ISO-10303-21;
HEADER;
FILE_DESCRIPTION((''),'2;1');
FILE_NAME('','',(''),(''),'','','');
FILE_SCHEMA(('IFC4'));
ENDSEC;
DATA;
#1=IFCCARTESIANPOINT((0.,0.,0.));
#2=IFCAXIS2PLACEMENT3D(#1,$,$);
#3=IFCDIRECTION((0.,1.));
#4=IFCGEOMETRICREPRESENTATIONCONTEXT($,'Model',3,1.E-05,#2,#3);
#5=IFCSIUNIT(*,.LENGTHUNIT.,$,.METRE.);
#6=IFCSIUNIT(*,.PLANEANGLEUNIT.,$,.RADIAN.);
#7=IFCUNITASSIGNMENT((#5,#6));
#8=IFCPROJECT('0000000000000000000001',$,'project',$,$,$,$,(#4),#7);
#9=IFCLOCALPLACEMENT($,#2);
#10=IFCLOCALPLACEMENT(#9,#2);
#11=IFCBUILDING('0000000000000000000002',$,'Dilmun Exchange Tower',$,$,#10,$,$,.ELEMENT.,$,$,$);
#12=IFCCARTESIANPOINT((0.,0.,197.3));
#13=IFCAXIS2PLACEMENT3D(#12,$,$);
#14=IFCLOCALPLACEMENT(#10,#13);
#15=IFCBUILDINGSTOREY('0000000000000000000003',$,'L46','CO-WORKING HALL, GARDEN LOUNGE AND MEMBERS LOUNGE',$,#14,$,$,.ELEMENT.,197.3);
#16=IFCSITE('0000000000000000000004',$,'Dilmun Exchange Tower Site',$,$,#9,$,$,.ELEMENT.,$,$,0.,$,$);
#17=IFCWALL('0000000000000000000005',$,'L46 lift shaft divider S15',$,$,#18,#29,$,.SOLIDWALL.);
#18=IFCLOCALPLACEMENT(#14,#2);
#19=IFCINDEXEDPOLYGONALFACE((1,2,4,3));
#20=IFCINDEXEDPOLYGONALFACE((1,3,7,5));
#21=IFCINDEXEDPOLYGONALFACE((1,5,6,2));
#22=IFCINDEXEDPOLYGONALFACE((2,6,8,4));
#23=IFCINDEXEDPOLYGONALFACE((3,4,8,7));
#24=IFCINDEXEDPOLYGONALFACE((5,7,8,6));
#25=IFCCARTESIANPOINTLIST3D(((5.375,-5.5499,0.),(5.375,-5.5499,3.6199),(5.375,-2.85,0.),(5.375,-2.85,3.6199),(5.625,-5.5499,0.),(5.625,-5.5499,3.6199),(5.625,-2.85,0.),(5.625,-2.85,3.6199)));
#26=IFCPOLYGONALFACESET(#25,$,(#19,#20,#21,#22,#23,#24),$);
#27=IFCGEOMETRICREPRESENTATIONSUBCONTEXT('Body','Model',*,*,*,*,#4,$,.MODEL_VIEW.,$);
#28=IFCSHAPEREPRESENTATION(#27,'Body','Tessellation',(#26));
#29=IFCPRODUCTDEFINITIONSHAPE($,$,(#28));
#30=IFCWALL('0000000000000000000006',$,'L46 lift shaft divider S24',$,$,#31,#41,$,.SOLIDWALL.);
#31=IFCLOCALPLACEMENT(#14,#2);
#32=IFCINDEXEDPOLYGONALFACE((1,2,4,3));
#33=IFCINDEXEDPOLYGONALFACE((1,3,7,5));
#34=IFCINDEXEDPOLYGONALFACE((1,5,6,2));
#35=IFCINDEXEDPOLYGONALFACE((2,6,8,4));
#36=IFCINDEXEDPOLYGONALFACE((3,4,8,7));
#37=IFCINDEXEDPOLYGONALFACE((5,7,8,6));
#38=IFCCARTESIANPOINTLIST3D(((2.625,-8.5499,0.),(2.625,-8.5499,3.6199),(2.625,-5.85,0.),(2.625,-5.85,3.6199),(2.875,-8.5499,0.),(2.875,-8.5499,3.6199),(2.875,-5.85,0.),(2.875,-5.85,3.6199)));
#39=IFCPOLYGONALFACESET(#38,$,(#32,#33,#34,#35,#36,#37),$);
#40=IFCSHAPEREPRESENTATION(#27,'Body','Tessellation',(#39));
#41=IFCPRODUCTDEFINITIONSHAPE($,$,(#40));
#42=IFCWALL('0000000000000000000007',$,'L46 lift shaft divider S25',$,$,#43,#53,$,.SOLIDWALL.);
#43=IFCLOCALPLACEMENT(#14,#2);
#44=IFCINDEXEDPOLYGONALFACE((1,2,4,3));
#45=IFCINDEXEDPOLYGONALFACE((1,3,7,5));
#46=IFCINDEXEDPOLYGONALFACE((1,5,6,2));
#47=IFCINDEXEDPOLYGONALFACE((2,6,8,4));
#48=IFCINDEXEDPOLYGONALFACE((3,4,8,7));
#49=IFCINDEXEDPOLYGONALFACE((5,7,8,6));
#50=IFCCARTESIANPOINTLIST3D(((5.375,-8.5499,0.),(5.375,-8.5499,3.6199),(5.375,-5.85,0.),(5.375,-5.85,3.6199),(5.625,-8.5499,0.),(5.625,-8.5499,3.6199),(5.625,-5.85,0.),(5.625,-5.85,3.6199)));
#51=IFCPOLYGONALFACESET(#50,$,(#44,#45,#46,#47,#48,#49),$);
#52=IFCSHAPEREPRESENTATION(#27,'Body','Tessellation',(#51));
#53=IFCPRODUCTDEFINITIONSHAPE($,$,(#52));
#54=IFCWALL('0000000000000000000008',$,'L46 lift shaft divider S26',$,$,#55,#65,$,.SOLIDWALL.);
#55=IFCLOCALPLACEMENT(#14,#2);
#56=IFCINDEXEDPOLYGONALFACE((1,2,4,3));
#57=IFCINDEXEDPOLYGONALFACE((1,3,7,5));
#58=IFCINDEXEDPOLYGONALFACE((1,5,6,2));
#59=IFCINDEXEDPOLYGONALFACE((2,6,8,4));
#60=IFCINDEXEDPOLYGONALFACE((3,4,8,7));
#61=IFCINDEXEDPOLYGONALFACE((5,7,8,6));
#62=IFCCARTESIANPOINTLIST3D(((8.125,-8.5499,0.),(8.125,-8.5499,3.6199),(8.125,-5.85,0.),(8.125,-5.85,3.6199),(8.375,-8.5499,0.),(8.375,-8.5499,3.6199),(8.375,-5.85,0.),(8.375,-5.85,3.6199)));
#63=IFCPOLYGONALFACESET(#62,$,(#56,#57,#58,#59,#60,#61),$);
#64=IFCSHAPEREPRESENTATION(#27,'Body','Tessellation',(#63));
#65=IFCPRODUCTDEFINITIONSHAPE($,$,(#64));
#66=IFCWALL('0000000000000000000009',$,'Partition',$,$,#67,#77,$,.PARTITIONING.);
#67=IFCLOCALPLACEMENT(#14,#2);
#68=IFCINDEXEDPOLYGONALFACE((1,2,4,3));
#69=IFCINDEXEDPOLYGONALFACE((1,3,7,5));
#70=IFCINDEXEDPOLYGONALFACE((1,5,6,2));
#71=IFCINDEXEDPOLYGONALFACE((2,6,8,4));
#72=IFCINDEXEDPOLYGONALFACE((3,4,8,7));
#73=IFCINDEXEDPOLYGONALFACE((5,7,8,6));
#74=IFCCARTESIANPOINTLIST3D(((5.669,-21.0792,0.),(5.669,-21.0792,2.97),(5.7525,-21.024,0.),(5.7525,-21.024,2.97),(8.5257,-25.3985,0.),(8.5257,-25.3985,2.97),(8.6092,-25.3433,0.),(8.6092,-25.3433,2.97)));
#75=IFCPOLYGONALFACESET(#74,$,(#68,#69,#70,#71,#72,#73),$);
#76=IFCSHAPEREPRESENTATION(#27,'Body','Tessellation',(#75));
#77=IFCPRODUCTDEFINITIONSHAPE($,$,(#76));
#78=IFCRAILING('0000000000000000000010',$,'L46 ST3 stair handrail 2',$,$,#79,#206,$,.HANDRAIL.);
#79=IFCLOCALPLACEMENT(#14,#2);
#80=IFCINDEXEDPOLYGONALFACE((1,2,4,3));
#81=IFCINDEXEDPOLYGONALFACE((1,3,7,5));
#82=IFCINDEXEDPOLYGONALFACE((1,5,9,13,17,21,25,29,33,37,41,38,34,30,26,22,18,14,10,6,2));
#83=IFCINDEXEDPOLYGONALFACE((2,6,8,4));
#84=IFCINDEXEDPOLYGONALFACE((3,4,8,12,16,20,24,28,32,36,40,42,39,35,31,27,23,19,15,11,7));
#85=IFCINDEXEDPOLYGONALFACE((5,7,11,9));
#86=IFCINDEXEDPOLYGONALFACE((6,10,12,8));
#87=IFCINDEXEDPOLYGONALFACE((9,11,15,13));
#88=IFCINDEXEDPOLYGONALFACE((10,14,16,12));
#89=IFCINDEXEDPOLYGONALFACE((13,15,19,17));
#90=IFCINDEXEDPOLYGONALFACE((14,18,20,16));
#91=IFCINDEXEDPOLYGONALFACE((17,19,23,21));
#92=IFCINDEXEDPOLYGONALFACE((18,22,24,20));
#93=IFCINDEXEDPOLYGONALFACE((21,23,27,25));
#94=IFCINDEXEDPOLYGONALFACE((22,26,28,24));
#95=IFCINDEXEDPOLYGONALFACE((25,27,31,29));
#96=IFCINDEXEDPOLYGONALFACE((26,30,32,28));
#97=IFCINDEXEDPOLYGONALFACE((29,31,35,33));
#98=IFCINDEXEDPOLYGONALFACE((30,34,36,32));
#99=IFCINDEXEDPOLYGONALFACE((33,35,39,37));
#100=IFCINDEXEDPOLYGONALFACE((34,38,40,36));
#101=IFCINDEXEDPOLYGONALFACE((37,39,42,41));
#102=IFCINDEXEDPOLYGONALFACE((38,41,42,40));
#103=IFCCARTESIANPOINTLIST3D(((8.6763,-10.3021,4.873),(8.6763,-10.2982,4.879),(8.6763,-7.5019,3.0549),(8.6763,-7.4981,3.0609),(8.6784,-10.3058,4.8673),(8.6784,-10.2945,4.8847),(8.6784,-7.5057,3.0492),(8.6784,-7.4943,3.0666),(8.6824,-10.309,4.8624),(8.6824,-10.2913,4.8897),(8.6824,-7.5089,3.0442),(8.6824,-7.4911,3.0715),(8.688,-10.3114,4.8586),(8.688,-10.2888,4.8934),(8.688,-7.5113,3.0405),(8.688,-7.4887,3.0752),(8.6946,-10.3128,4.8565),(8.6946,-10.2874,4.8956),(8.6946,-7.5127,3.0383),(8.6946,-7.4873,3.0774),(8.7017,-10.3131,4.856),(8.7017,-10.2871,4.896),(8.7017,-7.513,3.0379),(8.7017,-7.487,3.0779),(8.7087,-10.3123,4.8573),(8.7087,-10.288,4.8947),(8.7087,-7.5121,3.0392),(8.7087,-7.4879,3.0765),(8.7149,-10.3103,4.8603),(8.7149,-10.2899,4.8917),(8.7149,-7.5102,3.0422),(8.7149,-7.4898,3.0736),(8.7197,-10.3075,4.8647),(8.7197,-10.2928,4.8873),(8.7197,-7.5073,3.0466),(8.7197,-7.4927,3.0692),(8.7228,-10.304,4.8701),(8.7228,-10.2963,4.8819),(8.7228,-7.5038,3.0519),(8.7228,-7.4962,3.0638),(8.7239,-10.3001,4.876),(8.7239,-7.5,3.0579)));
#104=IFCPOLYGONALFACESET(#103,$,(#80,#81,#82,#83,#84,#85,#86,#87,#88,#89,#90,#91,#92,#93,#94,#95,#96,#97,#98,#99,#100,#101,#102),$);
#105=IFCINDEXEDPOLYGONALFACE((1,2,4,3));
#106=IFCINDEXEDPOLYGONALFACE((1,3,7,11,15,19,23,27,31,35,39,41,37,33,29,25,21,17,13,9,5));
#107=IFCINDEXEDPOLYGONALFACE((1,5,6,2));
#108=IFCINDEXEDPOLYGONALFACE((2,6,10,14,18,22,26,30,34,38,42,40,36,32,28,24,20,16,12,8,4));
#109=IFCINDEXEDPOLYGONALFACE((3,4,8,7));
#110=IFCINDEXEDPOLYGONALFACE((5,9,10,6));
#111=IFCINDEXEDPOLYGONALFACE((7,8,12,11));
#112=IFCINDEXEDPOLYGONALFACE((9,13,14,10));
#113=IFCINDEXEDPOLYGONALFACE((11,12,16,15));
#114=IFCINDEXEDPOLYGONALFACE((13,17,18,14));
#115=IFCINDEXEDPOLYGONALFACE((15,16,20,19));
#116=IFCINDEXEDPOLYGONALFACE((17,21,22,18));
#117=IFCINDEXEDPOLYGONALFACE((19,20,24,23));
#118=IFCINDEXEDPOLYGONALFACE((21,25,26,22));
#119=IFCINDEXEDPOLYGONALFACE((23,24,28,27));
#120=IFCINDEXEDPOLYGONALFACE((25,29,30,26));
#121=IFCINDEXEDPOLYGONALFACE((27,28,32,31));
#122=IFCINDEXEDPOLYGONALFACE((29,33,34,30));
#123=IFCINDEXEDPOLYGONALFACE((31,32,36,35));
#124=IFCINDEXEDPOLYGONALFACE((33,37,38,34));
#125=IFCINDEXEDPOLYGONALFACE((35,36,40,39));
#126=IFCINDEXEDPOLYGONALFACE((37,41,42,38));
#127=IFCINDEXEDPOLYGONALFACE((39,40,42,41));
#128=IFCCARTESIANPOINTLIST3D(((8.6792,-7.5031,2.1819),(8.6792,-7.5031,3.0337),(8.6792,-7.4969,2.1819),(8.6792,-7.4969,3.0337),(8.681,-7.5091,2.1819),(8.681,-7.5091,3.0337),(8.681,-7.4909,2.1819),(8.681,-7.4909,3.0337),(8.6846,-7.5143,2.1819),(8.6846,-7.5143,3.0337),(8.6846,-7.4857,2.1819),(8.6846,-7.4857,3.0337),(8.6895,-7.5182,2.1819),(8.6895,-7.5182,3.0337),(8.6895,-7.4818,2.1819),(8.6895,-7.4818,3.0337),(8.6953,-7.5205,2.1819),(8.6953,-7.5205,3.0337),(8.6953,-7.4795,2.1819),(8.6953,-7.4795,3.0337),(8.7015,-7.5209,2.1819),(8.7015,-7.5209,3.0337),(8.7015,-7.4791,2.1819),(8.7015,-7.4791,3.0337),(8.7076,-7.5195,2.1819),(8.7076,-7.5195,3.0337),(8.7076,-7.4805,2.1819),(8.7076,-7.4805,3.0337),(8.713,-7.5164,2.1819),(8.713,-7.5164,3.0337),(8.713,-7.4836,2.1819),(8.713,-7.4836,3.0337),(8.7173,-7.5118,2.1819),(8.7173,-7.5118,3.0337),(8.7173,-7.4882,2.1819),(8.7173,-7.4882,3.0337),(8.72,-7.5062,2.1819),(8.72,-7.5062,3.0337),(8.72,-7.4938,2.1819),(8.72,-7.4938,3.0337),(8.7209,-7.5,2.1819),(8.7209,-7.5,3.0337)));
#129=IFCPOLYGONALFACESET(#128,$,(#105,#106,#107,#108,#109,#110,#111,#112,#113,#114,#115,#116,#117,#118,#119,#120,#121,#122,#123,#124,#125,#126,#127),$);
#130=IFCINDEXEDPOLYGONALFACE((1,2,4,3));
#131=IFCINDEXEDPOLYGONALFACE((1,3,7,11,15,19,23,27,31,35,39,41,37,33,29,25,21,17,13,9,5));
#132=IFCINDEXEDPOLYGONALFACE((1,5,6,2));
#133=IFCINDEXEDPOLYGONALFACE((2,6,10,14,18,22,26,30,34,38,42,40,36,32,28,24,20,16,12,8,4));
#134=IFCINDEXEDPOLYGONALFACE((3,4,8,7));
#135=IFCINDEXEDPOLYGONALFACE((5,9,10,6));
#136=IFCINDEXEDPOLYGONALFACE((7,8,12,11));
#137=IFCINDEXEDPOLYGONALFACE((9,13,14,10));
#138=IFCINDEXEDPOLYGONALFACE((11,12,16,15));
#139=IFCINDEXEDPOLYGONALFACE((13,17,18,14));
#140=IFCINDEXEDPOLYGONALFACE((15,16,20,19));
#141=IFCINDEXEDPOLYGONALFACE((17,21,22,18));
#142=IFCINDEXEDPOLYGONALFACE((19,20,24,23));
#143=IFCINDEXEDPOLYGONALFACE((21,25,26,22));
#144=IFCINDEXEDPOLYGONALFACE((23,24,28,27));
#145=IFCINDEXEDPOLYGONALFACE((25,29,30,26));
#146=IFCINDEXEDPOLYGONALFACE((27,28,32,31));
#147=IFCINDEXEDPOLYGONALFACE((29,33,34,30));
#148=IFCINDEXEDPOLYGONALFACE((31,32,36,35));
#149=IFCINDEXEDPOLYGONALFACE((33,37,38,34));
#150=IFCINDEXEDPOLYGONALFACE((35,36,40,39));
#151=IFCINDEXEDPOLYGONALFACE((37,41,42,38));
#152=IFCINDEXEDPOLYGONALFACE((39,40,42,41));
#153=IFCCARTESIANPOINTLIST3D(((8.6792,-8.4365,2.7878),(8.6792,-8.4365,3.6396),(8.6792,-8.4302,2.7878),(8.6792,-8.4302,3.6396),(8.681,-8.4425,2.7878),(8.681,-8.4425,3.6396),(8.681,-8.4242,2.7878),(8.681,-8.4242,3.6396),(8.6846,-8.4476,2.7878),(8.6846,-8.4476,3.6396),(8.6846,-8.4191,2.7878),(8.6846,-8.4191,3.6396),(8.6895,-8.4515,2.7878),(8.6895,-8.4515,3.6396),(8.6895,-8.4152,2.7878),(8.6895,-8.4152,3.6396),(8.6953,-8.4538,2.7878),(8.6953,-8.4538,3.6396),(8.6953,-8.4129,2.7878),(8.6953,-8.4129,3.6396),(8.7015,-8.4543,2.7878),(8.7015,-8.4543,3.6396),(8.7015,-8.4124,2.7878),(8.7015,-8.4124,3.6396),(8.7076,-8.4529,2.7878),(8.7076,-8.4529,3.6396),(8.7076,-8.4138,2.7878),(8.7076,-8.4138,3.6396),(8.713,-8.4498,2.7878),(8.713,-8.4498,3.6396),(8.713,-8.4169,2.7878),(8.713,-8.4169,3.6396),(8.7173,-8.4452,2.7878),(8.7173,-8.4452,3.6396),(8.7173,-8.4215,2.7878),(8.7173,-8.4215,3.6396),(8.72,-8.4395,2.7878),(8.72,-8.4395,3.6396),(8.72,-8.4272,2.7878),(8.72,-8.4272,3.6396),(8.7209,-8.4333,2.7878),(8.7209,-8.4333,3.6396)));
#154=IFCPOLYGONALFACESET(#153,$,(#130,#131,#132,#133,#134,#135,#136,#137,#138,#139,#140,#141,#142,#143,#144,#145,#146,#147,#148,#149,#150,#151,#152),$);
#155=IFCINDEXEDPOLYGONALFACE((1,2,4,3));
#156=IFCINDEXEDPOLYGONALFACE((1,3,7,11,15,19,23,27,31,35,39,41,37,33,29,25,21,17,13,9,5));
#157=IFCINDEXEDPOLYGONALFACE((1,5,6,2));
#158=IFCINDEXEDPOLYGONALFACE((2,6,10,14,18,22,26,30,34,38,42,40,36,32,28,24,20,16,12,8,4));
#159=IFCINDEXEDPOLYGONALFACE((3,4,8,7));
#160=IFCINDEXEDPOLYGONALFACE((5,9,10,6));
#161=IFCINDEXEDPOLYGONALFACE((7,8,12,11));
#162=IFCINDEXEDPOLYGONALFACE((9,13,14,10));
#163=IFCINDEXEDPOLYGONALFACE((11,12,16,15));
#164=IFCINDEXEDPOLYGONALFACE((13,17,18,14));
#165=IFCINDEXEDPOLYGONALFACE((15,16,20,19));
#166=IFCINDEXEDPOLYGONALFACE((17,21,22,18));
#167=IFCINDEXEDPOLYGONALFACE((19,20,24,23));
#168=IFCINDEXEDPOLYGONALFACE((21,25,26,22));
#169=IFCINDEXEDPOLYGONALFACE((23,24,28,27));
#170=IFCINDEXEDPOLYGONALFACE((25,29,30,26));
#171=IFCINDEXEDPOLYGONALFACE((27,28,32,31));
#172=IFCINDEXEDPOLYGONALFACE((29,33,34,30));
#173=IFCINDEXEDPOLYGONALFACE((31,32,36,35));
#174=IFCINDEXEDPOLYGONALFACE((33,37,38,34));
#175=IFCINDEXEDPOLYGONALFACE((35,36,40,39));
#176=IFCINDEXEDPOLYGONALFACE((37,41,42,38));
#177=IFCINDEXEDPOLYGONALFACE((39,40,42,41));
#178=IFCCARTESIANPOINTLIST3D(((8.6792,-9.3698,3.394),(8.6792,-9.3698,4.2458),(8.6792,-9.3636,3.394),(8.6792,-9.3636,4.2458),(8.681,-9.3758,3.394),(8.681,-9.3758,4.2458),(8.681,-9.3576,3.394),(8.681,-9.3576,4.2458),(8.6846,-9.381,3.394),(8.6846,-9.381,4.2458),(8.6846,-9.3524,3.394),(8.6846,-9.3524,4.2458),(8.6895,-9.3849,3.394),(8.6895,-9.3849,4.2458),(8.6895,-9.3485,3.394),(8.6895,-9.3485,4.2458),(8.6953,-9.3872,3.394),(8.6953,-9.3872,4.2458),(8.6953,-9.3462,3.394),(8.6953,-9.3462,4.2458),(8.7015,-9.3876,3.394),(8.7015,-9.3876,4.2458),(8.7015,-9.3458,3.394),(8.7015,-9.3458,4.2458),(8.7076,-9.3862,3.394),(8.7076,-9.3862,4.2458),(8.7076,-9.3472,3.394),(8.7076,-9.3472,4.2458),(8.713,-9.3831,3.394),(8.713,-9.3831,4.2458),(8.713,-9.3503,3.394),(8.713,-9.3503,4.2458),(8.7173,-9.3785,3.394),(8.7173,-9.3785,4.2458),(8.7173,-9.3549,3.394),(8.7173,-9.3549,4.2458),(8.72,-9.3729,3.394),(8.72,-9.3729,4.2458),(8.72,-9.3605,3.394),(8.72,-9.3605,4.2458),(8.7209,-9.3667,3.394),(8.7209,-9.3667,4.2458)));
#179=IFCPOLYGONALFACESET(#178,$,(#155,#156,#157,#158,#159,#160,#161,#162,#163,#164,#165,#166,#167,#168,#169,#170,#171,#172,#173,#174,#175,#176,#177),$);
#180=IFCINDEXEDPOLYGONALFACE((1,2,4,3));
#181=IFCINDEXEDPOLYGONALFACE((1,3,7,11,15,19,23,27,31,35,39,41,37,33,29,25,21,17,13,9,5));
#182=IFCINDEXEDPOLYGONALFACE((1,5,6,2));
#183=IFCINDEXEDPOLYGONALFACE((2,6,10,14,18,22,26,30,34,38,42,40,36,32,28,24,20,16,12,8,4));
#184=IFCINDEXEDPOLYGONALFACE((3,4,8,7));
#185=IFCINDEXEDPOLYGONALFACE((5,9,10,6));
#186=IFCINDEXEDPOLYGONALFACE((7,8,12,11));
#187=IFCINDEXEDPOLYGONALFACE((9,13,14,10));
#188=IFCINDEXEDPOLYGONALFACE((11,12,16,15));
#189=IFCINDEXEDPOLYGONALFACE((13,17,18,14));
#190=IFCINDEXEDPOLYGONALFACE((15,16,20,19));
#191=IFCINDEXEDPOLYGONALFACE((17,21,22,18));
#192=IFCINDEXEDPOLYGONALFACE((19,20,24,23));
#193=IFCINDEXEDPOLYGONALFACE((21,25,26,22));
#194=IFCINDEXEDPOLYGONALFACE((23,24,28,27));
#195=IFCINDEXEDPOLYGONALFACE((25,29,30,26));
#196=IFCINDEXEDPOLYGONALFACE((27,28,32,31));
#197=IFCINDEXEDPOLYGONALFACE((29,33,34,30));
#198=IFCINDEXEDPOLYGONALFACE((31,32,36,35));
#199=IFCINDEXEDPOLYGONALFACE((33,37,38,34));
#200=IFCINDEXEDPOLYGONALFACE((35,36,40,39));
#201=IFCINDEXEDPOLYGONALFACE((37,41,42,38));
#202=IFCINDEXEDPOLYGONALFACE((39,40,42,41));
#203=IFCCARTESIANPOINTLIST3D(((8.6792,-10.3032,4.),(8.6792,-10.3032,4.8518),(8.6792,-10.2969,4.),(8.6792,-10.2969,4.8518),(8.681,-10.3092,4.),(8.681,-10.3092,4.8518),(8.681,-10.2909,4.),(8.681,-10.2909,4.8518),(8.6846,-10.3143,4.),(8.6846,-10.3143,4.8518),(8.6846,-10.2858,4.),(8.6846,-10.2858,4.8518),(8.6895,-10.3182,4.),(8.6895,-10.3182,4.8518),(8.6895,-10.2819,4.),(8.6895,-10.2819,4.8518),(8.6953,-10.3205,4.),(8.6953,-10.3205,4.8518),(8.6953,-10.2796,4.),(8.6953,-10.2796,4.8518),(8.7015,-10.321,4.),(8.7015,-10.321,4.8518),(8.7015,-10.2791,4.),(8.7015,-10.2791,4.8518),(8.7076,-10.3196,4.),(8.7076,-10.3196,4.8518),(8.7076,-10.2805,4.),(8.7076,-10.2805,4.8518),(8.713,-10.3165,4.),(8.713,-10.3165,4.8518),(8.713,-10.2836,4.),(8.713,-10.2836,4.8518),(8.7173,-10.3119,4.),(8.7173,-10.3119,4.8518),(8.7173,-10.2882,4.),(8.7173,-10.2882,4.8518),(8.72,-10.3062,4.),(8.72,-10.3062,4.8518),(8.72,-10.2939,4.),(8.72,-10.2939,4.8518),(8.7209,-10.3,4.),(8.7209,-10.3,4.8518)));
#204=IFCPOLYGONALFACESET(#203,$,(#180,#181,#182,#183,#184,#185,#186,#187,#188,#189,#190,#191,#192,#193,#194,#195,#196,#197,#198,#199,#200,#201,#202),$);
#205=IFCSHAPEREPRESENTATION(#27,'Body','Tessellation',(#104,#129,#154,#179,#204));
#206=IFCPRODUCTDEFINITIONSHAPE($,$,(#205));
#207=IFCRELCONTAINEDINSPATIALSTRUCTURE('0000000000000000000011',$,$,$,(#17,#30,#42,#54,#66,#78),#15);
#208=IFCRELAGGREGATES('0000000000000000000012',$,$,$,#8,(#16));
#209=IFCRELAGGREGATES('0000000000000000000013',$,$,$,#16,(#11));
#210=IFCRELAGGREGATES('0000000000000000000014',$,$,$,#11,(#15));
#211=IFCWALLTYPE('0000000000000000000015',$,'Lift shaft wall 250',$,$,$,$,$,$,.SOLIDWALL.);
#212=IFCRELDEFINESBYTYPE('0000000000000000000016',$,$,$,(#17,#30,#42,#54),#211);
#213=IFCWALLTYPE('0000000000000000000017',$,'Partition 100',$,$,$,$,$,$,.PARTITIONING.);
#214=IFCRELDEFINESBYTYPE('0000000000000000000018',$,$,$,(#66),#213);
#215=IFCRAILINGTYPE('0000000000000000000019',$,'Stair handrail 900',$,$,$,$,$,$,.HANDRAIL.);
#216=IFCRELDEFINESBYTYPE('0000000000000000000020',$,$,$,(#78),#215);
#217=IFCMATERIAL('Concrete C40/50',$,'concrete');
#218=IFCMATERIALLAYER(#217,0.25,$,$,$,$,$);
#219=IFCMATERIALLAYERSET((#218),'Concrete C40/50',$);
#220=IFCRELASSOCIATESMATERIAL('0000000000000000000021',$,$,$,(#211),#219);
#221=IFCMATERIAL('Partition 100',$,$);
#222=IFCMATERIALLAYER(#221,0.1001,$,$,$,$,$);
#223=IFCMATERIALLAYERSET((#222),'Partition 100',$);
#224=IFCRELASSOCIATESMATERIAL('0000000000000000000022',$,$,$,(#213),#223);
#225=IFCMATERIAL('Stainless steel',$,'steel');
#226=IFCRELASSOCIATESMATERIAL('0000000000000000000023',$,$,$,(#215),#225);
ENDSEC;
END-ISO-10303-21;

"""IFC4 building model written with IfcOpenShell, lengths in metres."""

from ifc_helpers import new_model, si_unit, direction, frame, frame_2d, origin, origin_2d, place, context, subcontext, project, spatial, rectangle, circle, extrude, material, layer, layer_set, type_object, element, save


model = new_model("IFC4")

# Units and contexts
model_context = context("Model", 3, precision=1e-05, world=origin(), true_north=direction((0.0, 1.0)))
body_context = subcontext(model_context, "Body", "Model", "MODEL_VIEW")
ifc_project = project(units=[si_unit("LENGTHUNIT", "METRE"), si_unit("PLANEANGLEUNIT", "RADIAN")], contexts=[model_context])

# Site, building, storey
site_placement = place(None, origin())
site = spatial("IfcSite", under=ifc_project, at=site_placement, Name="Dilmun Exchange Tower Site", CompositionType="ELEMENT", RefElevation=0.0)
building_placement = place(site_placement, origin())
building = spatial("IfcBuilding", under=site, at=building_placement, Name="Dilmun Exchange Tower", CompositionType="ELEMENT")
storey_placement = place(building_placement, frame((0.0, 0.0, 197.3)))
storey = spatial("IfcBuildingStorey", under=building, at=storey_placement, Name="L46", Description="CO-WORKING HALL, GARDEN LOUNGE AND MEMBERS LOUNGE", CompositionType="ELEMENT", Elevation=197.3)

# Shared definitions
ifc_material_1 = material(Name="Concrete C40/50", Category="concrete")

# Walls
ifc_layer_1 = layer(ifc_material_1, 0.25)
ifc_layer_set_1 = layer_set([ifc_layer_1], Name="Concrete C40/50")
wall_type_1 = type_object("IfcWallType", Name="Lift shaft wall 250", PredefinedType="SOLIDWALL", material=ifc_layer_set_1)
for number, where, z_axis, x_axis, name in (
    (1, (5.5, -5.55, 0.0), (0.0, 0.0, 1.0), (0.0, 1.0, 0.0), "L46 lift shaft divider S15"),
    (2, (2.75, -8.55, 0.0), (0.0, 0.0, 1.0), (0.0, 1.0, 0.0), "L46 lift shaft divider S24"),
    (3, (5.5, -8.55, 0.0), (0.0, 0.0, 1.0), (0.0, 1.0, 0.0), "L46 lift shaft divider S25"),
    (4, (8.25, -8.55, 0.0), (0.0, 0.0, 1.0), (0.0, 1.0, 0.0), "L46 lift shaft divider S26"),
):
    element("IfcWall", number, at=place(storey_placement, frame(where, z_axis=z_axis, x_axis=x_axis)), inside=storey, type_object=wall_type_1, Name=name, PredefinedType="SOLIDWALL", context=body_context, shape_type="SweptSolid", body=[
        extrude(rectangle(XDim=2.7, YDim=0.25, at=frame_2d((1.3501, 0.0))), origin(), (0.0, 0.0, 1.0), 3.6199),
    ])
ifc_material_2 = material(Name="Partition 100")
ifc_layer_2 = layer(ifc_material_2, 0.1001)
ifc_layer_set_2 = layer_set([ifc_layer_2], Name="Partition 100")
wall_type_2 = type_object("IfcWallType", Name="Partition 100", PredefinedType="PARTITIONING", material=ifc_layer_set_2)
wall_1_placement = place(storey_placement, frame((5.7107, -21.0515, 0.0), z_axis=(0.0, 0.0, 1.0), x_axis=(0.551639, -0.834083, 0.0)))
element("IfcWall", 5, at=wall_1_placement, inside=storey, type_object=wall_type_2, Name="Partition", PredefinedType="PARTITIONING", context=body_context, shape_type="SweptSolid", body=[
    extrude(rectangle(XDim=5.1785, YDim=0.1001, at=frame_2d((2.5894, 0.0))), origin(), (0.0, 0.0, 1.0), 2.97),
])

# Railing
ifc_material_3 = material(Name="Stainless steel", Category="steel")
railing_type = type_object("IfcRailingType", Name="Stair handrail 900", PredefinedType="HANDRAIL", material=ifc_material_3)
railing_placement = place(storey_placement, frame((8.7, -7.5, 2.1819)))
element("IfcRailing", 6, at=railing_placement, inside=storey, type_object=railing_type, Name="L46 ST3 stair handrail 2", PredefinedType="HANDRAIL", context=body_context, shape_type="SweptSolid", body=[
    extrude(circle(Radius=0.0239, at=origin_2d()), frame((0.0, 0.0, 0.876), z_axis=(0.0, -0.838706, 0.544585), x_axis=(1.0, 0.0, 0.0)), (0.0, 0.0, 1.0), 3.3386),
    extrude(circle(Radius=0.021, at=origin_2d()), origin(), (0.0, 0.0, 1.0), 0.8518),
    extrude(circle(Radius=0.021, at=origin_2d()), frame((0.0, -0.9333, 0.606)), (0.0, 0.0, 1.0), 0.8518),
    extrude(circle(Radius=0.021, at=origin_2d()), frame((0.0, -1.8667, 1.2122)), (0.0, 0.0, 1.0), 0.8518),
    extrude(circle(Radius=0.021, at=origin_2d()), frame((0.0, -2.8, 1.8181)), (0.0, 0.0, 1.0), 0.8518),
])

save(model, "model.ifc")
